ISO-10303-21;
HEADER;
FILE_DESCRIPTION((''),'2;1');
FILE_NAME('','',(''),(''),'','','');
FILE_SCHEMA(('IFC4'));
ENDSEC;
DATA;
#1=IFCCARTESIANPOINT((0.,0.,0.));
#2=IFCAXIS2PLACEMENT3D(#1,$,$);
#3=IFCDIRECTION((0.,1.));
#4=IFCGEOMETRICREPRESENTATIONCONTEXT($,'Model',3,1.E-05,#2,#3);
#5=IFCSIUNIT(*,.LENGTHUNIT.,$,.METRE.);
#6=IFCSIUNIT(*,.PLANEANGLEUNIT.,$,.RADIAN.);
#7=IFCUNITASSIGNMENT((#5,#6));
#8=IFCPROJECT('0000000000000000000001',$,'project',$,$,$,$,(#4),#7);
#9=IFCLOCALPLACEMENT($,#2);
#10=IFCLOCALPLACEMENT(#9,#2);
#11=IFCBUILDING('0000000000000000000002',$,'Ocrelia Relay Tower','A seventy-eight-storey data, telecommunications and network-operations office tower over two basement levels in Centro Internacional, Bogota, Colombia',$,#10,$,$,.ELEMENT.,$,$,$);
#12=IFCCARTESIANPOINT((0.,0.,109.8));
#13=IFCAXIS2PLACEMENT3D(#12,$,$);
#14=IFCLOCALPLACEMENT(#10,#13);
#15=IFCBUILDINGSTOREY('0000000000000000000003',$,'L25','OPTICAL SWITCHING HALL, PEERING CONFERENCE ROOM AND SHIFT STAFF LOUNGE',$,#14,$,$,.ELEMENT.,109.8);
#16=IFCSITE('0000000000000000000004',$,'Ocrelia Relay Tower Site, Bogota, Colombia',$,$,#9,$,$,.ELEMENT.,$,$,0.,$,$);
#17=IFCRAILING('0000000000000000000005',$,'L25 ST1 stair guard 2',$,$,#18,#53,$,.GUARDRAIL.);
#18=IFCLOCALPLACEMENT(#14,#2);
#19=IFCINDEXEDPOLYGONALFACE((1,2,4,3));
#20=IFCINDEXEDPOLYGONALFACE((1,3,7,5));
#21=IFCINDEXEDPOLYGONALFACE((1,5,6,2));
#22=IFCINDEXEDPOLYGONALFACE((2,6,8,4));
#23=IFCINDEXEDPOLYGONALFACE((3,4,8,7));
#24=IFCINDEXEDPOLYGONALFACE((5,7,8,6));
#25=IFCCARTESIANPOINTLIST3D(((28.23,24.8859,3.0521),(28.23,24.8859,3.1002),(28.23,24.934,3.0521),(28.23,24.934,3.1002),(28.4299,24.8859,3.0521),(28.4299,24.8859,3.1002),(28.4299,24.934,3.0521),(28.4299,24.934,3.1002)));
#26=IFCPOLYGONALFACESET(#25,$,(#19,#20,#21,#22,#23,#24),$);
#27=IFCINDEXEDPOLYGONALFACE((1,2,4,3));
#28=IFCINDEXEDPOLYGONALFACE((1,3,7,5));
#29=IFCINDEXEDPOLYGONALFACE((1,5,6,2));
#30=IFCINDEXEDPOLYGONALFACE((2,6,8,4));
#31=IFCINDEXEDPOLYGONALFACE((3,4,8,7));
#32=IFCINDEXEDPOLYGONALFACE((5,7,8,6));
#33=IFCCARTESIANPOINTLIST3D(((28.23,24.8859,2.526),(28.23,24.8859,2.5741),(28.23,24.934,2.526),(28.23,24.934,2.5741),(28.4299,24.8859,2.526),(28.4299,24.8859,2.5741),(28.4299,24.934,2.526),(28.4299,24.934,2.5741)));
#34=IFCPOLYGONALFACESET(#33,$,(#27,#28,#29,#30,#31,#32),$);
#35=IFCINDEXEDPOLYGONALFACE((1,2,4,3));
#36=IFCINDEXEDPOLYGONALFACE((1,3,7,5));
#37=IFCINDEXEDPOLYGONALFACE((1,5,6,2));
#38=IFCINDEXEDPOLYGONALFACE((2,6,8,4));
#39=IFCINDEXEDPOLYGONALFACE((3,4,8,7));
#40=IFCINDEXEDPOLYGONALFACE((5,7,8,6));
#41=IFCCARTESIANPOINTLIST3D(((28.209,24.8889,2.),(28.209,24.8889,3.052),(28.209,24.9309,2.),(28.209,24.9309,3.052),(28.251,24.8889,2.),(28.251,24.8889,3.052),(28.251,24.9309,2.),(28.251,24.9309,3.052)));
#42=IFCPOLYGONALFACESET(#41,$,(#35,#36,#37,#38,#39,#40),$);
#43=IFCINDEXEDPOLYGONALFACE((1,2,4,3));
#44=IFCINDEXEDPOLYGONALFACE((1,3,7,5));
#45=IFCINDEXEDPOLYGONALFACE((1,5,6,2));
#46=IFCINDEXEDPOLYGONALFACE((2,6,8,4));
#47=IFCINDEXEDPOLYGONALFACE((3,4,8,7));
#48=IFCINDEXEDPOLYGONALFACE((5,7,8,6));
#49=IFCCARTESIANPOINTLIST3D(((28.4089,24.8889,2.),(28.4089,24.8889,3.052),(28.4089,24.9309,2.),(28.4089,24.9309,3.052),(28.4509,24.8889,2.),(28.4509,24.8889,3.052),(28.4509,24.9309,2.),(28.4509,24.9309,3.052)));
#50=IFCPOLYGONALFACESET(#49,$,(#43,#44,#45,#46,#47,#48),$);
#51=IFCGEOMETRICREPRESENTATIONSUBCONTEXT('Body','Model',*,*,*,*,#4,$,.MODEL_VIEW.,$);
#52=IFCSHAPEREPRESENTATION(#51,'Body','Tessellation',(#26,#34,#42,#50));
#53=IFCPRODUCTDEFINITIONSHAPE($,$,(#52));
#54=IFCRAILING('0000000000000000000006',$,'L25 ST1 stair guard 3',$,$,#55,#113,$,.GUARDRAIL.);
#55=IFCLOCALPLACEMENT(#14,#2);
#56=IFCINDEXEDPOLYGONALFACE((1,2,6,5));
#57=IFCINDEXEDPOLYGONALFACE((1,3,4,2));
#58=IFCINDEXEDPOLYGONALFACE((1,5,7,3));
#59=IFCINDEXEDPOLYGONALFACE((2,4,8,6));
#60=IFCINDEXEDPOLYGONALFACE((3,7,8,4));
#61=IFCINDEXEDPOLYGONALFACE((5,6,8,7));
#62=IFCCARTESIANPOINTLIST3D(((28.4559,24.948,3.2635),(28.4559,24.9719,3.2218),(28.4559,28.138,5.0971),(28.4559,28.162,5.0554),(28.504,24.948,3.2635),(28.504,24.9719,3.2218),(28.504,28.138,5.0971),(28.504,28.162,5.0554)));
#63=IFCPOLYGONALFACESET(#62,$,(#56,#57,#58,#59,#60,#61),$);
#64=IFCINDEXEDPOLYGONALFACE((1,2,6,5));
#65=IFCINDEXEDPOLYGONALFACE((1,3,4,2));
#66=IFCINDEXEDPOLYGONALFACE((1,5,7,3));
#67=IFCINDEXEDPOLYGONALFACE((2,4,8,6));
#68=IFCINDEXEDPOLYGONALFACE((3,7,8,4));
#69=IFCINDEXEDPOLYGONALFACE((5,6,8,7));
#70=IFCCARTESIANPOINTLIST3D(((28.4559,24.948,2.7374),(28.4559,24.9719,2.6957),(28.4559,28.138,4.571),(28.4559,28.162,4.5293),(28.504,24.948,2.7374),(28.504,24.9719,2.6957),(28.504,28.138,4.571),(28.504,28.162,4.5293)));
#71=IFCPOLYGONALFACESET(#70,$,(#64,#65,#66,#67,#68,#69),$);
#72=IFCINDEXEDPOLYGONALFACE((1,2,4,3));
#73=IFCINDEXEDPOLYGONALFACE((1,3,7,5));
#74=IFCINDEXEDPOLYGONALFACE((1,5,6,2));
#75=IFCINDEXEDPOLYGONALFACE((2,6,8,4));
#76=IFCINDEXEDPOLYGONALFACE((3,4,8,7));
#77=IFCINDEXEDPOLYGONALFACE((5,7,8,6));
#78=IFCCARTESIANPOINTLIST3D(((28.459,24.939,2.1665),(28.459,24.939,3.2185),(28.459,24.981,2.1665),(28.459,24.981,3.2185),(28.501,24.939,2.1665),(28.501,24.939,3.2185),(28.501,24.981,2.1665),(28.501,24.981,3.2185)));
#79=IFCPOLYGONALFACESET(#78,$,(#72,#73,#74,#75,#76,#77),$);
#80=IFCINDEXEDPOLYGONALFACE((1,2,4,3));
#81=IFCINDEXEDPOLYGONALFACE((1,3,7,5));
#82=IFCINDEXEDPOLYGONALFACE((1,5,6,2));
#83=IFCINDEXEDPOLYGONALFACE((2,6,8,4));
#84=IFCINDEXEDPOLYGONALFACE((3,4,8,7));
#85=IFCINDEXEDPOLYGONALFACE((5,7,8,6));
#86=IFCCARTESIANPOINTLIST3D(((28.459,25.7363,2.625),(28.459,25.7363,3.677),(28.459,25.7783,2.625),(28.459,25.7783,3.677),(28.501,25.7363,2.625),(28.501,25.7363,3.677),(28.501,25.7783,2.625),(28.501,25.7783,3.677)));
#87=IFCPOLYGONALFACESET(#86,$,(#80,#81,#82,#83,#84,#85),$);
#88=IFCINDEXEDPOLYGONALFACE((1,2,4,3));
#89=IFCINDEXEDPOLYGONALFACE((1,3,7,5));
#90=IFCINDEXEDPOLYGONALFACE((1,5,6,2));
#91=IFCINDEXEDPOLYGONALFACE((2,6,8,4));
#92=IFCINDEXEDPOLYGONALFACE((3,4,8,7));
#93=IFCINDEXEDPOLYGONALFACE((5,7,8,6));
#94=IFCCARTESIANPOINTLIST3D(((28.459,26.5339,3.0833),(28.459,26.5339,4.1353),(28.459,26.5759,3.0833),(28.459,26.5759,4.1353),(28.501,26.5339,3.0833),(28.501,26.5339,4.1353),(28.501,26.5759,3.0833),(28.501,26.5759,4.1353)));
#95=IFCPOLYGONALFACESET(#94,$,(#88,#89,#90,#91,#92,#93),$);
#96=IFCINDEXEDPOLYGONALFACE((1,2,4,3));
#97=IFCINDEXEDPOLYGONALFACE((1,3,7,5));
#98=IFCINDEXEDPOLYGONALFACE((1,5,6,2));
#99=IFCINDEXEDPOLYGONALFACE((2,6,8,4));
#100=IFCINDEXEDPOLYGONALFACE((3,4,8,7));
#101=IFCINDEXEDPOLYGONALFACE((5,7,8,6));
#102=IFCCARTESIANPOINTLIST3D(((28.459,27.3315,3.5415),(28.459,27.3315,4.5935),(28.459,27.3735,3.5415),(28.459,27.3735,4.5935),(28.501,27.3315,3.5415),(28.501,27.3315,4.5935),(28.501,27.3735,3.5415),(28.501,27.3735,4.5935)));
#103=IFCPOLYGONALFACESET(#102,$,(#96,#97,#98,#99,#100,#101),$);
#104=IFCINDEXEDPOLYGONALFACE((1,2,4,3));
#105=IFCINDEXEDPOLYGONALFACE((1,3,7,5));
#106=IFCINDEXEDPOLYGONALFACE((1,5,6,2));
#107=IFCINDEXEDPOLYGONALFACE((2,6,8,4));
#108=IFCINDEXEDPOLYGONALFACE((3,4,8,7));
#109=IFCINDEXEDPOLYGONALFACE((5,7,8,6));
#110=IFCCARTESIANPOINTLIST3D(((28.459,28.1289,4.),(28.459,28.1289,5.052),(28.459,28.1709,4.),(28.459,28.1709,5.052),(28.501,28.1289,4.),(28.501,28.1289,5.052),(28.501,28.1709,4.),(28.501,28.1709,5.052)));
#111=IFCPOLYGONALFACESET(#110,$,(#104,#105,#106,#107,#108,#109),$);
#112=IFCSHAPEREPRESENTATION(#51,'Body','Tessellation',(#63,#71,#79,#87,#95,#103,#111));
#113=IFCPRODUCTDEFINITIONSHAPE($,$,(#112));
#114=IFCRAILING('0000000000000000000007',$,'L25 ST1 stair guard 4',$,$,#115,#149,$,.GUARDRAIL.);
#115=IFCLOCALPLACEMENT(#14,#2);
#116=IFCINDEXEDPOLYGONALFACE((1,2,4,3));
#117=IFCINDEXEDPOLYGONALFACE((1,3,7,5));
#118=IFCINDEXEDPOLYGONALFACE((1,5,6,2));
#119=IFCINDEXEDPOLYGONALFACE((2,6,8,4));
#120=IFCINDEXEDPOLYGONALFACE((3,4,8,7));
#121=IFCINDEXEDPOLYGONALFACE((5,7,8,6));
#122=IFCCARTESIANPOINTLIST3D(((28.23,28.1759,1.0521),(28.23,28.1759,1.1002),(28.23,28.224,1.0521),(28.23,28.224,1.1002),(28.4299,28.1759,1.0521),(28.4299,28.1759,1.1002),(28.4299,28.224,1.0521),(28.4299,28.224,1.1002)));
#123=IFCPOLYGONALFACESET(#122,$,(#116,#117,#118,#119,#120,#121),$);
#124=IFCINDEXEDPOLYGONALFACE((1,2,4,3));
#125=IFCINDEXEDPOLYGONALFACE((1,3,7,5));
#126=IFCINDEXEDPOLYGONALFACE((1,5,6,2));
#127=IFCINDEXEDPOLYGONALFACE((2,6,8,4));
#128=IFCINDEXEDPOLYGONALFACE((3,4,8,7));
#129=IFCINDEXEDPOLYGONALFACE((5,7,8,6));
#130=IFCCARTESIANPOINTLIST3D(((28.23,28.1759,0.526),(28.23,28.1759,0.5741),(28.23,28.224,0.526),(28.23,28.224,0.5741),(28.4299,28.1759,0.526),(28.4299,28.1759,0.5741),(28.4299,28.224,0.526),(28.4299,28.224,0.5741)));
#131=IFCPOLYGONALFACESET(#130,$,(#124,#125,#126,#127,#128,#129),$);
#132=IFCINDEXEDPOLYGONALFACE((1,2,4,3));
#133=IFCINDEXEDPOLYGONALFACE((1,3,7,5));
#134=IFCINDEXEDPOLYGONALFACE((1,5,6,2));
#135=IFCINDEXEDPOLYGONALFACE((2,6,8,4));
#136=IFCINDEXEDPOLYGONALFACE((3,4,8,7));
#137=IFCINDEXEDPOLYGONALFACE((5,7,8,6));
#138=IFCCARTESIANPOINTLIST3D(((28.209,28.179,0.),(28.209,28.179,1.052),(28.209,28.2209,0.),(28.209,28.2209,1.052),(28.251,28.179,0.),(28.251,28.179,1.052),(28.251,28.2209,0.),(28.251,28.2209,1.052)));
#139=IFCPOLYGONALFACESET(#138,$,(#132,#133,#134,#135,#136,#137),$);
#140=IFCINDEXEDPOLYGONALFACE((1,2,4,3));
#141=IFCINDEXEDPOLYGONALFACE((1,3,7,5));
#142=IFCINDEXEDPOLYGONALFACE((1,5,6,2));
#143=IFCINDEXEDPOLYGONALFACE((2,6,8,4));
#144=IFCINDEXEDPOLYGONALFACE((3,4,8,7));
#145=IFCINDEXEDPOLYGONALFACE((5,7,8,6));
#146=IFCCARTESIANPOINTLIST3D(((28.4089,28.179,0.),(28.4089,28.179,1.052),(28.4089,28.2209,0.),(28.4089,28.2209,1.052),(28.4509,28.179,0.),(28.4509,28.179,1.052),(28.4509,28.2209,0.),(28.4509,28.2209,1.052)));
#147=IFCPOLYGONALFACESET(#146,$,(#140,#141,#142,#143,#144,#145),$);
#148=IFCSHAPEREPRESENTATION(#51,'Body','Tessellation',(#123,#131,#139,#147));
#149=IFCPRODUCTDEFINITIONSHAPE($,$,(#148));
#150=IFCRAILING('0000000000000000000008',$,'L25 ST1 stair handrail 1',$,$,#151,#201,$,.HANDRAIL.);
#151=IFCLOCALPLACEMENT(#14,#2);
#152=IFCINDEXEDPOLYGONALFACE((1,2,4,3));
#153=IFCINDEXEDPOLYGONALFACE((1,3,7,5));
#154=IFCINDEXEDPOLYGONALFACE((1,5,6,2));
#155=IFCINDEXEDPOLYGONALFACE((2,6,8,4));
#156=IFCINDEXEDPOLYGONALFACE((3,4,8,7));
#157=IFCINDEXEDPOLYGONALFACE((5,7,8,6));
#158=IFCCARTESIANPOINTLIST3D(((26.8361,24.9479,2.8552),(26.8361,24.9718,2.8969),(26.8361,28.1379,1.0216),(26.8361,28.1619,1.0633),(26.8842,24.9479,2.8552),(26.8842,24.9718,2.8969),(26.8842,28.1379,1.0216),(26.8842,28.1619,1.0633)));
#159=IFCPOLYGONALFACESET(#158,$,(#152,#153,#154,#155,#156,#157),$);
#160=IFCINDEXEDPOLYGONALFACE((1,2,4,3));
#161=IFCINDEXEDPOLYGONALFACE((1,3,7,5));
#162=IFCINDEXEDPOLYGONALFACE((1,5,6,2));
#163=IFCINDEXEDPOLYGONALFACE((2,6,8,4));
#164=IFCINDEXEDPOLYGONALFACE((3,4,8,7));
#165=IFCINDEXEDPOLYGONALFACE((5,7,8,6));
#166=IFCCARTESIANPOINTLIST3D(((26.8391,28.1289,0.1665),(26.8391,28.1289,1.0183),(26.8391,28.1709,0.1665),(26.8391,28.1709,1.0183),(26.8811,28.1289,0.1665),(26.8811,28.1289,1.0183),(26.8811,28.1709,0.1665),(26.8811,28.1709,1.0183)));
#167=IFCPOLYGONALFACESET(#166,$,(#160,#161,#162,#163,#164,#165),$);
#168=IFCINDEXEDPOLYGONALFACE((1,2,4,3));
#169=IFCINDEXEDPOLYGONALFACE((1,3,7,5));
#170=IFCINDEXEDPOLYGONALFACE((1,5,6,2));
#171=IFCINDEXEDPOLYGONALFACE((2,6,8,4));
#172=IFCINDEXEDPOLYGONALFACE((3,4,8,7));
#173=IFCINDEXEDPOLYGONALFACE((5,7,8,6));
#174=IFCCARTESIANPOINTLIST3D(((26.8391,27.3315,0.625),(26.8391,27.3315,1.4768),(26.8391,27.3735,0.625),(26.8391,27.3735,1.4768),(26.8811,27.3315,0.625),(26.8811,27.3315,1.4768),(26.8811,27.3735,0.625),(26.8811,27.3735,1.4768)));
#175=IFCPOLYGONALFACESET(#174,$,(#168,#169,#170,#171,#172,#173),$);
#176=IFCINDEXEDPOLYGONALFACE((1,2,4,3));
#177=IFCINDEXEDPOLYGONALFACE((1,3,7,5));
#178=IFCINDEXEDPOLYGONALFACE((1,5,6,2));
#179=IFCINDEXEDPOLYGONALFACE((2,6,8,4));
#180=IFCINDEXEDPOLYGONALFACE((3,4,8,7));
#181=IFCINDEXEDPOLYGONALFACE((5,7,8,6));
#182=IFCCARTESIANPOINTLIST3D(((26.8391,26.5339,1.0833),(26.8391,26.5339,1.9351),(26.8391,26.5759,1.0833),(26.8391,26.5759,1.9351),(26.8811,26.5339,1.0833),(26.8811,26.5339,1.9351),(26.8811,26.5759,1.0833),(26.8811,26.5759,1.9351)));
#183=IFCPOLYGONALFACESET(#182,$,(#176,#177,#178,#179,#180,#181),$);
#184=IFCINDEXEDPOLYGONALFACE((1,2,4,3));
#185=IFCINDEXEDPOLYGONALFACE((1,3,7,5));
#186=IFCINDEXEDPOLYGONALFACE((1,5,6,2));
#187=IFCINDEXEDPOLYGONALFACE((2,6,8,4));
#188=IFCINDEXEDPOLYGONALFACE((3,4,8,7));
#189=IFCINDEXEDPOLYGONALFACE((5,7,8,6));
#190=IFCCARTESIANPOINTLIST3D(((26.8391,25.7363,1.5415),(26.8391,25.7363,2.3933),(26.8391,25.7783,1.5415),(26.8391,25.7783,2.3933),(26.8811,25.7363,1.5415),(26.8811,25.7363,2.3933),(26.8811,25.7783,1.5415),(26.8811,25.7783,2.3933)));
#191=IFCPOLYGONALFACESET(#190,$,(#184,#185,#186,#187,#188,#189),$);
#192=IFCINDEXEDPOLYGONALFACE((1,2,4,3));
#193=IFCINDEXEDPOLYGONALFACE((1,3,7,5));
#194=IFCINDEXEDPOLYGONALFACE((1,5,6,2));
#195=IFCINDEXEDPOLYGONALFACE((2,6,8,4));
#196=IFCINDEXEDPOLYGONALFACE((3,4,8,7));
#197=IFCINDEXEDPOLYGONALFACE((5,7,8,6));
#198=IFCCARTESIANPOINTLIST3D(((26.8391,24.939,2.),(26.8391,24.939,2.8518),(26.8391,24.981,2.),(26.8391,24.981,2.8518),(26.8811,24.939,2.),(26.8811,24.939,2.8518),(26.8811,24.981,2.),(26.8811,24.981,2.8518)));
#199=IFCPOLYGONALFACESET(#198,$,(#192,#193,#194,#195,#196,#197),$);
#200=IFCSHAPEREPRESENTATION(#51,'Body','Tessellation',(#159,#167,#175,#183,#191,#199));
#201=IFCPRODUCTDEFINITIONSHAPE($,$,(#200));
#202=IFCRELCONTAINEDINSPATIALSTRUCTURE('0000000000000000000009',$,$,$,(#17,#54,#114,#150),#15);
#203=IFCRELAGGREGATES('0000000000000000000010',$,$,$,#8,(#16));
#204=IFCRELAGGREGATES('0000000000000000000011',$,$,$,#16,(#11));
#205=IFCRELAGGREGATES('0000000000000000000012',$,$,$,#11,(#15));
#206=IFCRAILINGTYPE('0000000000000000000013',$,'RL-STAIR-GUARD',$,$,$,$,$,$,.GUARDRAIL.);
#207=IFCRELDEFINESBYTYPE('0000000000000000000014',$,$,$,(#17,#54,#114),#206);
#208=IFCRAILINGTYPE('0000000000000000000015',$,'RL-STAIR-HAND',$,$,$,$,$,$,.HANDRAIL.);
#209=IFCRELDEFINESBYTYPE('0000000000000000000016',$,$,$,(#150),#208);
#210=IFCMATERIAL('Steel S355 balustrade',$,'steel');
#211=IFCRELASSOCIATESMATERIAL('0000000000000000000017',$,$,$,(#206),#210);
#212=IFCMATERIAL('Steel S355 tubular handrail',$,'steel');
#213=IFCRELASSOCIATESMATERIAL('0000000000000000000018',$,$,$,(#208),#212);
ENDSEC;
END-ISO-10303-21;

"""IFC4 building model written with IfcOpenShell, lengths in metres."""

from ifc_helpers import new_model, si_unit, direction, frame, origin, origin_2d, place, context, subcontext, project, spatial, rectangle, extrude, material, type_object, element, save


model = new_model("IFC4")

# Units and contexts
model_context = context("Model", 3, precision=1e-05, world=origin(), true_north=direction((0.0, 1.0)))
body_context = subcontext(model_context, "Body", "Model", "MODEL_VIEW")
ifc_project = project(units=[si_unit("LENGTHUNIT", "METRE"), si_unit("PLANEANGLEUNIT", "RADIAN")], contexts=[model_context])

# Site, building, storey
site_placement = place(None, origin())
site = spatial("IfcSite", under=ifc_project, at=site_placement, Name="Ocrelia Relay Tower Site, Bogota, Colombia", CompositionType="ELEMENT", RefElevation=0.0)
building_placement = place(site_placement, origin())
building = spatial("IfcBuilding", under=site, at=building_placement, Name="Ocrelia Relay Tower", Description="A seventy-eight-storey data, telecommunications and network-operations office tower over two basement levels in Centro Internacional, Bogota, Colombia", CompositionType="ELEMENT")
storey_placement = place(building_placement, frame((0.0, 0.0, 109.8)))
storey = spatial("IfcBuildingStorey", under=building, at=storey_placement, Name="L25", Description="OPTICAL SWITCHING HALL, PEERING CONFERENCE ROOM AND SHIFT STAFF LOUNGE", CompositionType="ELEMENT", Elevation=109.8)

# Railings
ifc_material_1 = material(Name="Steel S355 balustrade", Category="steel")
railing_type_1 = type_object("IfcRailingType", Name="RL-STAIR-GUARD", PredefinedType="GUARDRAIL", material=ifc_material_1)
railing_1_placement = place(storey_placement, frame((28.23, 24.9099, 2.0)))
element("IfcRailing", 1, at=railing_1_placement, inside=storey, type_object=railing_type_1, Name="L25 ST1 stair guard 2", PredefinedType="GUARDRAIL", context=body_context, shape_type="SweptSolid", body=[
    extrude(rectangle(XDim=0.0481, YDim=0.0481, at=origin_2d()), frame((0.0, 0.0, 1.0762), z_axis=(1.0, 0.0, 0.0), x_axis=(0.0, 1.0, 0.0)), (0.0, 0.0, 1.0), 0.2),
    extrude(rectangle(XDim=0.0481, YDim=0.0481, at=origin_2d()), frame((0.0, 0.0, 0.55), z_axis=(1.0, 0.0, 0.0), x_axis=(0.0, 1.0, 0.0)), (0.0, 0.0, 1.0), 0.2),
    extrude(rectangle(XDim=0.042, YDim=0.042, at=origin_2d()), origin(), (0.0, 0.0, 1.0), 1.052),
    extrude(rectangle(XDim=0.042, YDim=0.042, at=origin_2d()), frame((0.2, 0.0, 0.0)), (0.0, 0.0, 1.0), 1.052),
])
railing_2_placement = place(storey_placement, frame((28.48, 24.96, 2.1665)))
element("IfcRailing", 2, at=railing_2_placement, inside=storey, type_object=railing_type_1, Name="L25 ST1 stair guard 3", PredefinedType="GUARDRAIL", context=body_context, shape_type="SweptSolid", body=[
    extrude(rectangle(XDim=0.0481, YDim=0.0481, at=origin_2d()), frame((0.0, 0.0, 1.0762), z_axis=(0.0, 0.866991, 0.498324), x_axis=(-1.0, 0.0, 0.0)), (0.0, 0.0, 1.0), 3.6794),
    extrude(rectangle(XDim=0.0481, YDim=0.0481, at=origin_2d()), frame((0.0, 0.0, 0.55), z_axis=(0.0, 0.866991, 0.498324), x_axis=(-1.0, 0.0, 0.0)), (0.0, 0.0, 1.0), 3.6794),
    extrude(rectangle(XDim=0.042, YDim=0.042, at=origin_2d()), origin(), (0.0, 0.0, 1.0), 1.052),
    extrude(rectangle(XDim=0.042, YDim=0.042, at=origin_2d()), frame((0.0, 0.7974, 0.4585)), (0.0, 0.0, 1.0), 1.052),
    extrude(rectangle(XDim=0.042, YDim=0.042, at=origin_2d()), frame((0.0, 1.595, 0.9167)), (0.0, 0.0, 1.0), 1.052),
    extrude(rectangle(XDim=0.042, YDim=0.042, at=origin_2d()), frame((0.0, 2.3926, 1.375)), (0.0, 0.0, 1.0), 1.052),
    extrude(rectangle(XDim=0.042, YDim=0.042, at=origin_2d()), frame((0.0, 3.1899, 1.8335)), (0.0, 0.0, 1.0), 1.052),
])
railing_3_placement = place(storey_placement, frame((28.23, 28.2, 0.0)))
element("IfcRailing", 3, at=railing_3_placement, inside=storey, type_object=railing_type_1, Name="L25 ST1 stair guard 4", PredefinedType="GUARDRAIL", context=body_context, shape_type="SweptSolid", body=[
    extrude(rectangle(XDim=0.0481, YDim=0.0481, at=origin_2d()), frame((0.0, 0.0, 1.0762), z_axis=(1.0, 0.0, 0.0), x_axis=(0.0, 1.0, 0.0)), (0.0, 0.0, 1.0), 0.2),
    extrude(rectangle(XDim=0.0481, YDim=0.0481, at=origin_2d()), frame((0.0, 0.0, 0.55), z_axis=(1.0, 0.0, 0.0), x_axis=(0.0, 1.0, 0.0)), (0.0, 0.0, 1.0), 0.2),
    extrude(rectangle(XDim=0.042, YDim=0.042, at=origin_2d()), origin(), (0.0, 0.0, 1.0), 1.052),
    extrude(rectangle(XDim=0.042, YDim=0.042, at=origin_2d()), frame((0.2, 0.0, 0.0)), (0.0, 0.0, 1.0), 1.052),
])
ifc_material_2 = material(Name="Steel S355 tubular handrail", Category="steel")
railing_type_2 = type_object("IfcRailingType", Name="RL-STAIR-HAND", PredefinedType="HANDRAIL", material=ifc_material_2)
railing_4_placement = place(storey_placement, frame((26.8601, 28.1499, 0.1665)))
element("IfcRailing", 4, at=railing_4_placement, inside=storey, type_object=railing_type_2, Name="L25 ST1 stair handrail 1", PredefinedType="HANDRAIL", context=body_context, shape_type="SweptSolid", body=[
    extrude(rectangle(XDim=0.0481, YDim=0.0481, at=origin_2d()), frame((0.0, 0.0, 0.876), z_axis=(0.0, -0.866991, 0.498324), x_axis=(1.0, 0.0, 0.0)), (0.0, 0.0, 1.0), 3.6794),
    extrude(rectangle(XDim=0.042, YDim=0.042, at=origin_2d()), origin(), (0.0, 0.0, 1.0), 0.8518),
    extrude(rectangle(XDim=0.042, YDim=0.042, at=origin_2d()), frame((0.0, -0.7974, 0.4585)), (0.0, 0.0, 1.0), 0.8518),
    extrude(rectangle(XDim=0.042, YDim=0.042, at=origin_2d()), frame((0.0, -1.595, 0.9167)), (0.0, 0.0, 1.0), 0.8518),
    extrude(rectangle(XDim=0.042, YDim=0.042, at=origin_2d()), frame((0.0, -2.3926, 1.375)), (0.0, 0.0, 1.0), 0.8518),
    extrude(rectangle(XDim=0.042, YDim=0.042, at=origin_2d()), frame((0.0, -3.1899, 1.8335)), (0.0, 0.0, 1.0), 0.8518),
])

save(model, "model.ifc")
